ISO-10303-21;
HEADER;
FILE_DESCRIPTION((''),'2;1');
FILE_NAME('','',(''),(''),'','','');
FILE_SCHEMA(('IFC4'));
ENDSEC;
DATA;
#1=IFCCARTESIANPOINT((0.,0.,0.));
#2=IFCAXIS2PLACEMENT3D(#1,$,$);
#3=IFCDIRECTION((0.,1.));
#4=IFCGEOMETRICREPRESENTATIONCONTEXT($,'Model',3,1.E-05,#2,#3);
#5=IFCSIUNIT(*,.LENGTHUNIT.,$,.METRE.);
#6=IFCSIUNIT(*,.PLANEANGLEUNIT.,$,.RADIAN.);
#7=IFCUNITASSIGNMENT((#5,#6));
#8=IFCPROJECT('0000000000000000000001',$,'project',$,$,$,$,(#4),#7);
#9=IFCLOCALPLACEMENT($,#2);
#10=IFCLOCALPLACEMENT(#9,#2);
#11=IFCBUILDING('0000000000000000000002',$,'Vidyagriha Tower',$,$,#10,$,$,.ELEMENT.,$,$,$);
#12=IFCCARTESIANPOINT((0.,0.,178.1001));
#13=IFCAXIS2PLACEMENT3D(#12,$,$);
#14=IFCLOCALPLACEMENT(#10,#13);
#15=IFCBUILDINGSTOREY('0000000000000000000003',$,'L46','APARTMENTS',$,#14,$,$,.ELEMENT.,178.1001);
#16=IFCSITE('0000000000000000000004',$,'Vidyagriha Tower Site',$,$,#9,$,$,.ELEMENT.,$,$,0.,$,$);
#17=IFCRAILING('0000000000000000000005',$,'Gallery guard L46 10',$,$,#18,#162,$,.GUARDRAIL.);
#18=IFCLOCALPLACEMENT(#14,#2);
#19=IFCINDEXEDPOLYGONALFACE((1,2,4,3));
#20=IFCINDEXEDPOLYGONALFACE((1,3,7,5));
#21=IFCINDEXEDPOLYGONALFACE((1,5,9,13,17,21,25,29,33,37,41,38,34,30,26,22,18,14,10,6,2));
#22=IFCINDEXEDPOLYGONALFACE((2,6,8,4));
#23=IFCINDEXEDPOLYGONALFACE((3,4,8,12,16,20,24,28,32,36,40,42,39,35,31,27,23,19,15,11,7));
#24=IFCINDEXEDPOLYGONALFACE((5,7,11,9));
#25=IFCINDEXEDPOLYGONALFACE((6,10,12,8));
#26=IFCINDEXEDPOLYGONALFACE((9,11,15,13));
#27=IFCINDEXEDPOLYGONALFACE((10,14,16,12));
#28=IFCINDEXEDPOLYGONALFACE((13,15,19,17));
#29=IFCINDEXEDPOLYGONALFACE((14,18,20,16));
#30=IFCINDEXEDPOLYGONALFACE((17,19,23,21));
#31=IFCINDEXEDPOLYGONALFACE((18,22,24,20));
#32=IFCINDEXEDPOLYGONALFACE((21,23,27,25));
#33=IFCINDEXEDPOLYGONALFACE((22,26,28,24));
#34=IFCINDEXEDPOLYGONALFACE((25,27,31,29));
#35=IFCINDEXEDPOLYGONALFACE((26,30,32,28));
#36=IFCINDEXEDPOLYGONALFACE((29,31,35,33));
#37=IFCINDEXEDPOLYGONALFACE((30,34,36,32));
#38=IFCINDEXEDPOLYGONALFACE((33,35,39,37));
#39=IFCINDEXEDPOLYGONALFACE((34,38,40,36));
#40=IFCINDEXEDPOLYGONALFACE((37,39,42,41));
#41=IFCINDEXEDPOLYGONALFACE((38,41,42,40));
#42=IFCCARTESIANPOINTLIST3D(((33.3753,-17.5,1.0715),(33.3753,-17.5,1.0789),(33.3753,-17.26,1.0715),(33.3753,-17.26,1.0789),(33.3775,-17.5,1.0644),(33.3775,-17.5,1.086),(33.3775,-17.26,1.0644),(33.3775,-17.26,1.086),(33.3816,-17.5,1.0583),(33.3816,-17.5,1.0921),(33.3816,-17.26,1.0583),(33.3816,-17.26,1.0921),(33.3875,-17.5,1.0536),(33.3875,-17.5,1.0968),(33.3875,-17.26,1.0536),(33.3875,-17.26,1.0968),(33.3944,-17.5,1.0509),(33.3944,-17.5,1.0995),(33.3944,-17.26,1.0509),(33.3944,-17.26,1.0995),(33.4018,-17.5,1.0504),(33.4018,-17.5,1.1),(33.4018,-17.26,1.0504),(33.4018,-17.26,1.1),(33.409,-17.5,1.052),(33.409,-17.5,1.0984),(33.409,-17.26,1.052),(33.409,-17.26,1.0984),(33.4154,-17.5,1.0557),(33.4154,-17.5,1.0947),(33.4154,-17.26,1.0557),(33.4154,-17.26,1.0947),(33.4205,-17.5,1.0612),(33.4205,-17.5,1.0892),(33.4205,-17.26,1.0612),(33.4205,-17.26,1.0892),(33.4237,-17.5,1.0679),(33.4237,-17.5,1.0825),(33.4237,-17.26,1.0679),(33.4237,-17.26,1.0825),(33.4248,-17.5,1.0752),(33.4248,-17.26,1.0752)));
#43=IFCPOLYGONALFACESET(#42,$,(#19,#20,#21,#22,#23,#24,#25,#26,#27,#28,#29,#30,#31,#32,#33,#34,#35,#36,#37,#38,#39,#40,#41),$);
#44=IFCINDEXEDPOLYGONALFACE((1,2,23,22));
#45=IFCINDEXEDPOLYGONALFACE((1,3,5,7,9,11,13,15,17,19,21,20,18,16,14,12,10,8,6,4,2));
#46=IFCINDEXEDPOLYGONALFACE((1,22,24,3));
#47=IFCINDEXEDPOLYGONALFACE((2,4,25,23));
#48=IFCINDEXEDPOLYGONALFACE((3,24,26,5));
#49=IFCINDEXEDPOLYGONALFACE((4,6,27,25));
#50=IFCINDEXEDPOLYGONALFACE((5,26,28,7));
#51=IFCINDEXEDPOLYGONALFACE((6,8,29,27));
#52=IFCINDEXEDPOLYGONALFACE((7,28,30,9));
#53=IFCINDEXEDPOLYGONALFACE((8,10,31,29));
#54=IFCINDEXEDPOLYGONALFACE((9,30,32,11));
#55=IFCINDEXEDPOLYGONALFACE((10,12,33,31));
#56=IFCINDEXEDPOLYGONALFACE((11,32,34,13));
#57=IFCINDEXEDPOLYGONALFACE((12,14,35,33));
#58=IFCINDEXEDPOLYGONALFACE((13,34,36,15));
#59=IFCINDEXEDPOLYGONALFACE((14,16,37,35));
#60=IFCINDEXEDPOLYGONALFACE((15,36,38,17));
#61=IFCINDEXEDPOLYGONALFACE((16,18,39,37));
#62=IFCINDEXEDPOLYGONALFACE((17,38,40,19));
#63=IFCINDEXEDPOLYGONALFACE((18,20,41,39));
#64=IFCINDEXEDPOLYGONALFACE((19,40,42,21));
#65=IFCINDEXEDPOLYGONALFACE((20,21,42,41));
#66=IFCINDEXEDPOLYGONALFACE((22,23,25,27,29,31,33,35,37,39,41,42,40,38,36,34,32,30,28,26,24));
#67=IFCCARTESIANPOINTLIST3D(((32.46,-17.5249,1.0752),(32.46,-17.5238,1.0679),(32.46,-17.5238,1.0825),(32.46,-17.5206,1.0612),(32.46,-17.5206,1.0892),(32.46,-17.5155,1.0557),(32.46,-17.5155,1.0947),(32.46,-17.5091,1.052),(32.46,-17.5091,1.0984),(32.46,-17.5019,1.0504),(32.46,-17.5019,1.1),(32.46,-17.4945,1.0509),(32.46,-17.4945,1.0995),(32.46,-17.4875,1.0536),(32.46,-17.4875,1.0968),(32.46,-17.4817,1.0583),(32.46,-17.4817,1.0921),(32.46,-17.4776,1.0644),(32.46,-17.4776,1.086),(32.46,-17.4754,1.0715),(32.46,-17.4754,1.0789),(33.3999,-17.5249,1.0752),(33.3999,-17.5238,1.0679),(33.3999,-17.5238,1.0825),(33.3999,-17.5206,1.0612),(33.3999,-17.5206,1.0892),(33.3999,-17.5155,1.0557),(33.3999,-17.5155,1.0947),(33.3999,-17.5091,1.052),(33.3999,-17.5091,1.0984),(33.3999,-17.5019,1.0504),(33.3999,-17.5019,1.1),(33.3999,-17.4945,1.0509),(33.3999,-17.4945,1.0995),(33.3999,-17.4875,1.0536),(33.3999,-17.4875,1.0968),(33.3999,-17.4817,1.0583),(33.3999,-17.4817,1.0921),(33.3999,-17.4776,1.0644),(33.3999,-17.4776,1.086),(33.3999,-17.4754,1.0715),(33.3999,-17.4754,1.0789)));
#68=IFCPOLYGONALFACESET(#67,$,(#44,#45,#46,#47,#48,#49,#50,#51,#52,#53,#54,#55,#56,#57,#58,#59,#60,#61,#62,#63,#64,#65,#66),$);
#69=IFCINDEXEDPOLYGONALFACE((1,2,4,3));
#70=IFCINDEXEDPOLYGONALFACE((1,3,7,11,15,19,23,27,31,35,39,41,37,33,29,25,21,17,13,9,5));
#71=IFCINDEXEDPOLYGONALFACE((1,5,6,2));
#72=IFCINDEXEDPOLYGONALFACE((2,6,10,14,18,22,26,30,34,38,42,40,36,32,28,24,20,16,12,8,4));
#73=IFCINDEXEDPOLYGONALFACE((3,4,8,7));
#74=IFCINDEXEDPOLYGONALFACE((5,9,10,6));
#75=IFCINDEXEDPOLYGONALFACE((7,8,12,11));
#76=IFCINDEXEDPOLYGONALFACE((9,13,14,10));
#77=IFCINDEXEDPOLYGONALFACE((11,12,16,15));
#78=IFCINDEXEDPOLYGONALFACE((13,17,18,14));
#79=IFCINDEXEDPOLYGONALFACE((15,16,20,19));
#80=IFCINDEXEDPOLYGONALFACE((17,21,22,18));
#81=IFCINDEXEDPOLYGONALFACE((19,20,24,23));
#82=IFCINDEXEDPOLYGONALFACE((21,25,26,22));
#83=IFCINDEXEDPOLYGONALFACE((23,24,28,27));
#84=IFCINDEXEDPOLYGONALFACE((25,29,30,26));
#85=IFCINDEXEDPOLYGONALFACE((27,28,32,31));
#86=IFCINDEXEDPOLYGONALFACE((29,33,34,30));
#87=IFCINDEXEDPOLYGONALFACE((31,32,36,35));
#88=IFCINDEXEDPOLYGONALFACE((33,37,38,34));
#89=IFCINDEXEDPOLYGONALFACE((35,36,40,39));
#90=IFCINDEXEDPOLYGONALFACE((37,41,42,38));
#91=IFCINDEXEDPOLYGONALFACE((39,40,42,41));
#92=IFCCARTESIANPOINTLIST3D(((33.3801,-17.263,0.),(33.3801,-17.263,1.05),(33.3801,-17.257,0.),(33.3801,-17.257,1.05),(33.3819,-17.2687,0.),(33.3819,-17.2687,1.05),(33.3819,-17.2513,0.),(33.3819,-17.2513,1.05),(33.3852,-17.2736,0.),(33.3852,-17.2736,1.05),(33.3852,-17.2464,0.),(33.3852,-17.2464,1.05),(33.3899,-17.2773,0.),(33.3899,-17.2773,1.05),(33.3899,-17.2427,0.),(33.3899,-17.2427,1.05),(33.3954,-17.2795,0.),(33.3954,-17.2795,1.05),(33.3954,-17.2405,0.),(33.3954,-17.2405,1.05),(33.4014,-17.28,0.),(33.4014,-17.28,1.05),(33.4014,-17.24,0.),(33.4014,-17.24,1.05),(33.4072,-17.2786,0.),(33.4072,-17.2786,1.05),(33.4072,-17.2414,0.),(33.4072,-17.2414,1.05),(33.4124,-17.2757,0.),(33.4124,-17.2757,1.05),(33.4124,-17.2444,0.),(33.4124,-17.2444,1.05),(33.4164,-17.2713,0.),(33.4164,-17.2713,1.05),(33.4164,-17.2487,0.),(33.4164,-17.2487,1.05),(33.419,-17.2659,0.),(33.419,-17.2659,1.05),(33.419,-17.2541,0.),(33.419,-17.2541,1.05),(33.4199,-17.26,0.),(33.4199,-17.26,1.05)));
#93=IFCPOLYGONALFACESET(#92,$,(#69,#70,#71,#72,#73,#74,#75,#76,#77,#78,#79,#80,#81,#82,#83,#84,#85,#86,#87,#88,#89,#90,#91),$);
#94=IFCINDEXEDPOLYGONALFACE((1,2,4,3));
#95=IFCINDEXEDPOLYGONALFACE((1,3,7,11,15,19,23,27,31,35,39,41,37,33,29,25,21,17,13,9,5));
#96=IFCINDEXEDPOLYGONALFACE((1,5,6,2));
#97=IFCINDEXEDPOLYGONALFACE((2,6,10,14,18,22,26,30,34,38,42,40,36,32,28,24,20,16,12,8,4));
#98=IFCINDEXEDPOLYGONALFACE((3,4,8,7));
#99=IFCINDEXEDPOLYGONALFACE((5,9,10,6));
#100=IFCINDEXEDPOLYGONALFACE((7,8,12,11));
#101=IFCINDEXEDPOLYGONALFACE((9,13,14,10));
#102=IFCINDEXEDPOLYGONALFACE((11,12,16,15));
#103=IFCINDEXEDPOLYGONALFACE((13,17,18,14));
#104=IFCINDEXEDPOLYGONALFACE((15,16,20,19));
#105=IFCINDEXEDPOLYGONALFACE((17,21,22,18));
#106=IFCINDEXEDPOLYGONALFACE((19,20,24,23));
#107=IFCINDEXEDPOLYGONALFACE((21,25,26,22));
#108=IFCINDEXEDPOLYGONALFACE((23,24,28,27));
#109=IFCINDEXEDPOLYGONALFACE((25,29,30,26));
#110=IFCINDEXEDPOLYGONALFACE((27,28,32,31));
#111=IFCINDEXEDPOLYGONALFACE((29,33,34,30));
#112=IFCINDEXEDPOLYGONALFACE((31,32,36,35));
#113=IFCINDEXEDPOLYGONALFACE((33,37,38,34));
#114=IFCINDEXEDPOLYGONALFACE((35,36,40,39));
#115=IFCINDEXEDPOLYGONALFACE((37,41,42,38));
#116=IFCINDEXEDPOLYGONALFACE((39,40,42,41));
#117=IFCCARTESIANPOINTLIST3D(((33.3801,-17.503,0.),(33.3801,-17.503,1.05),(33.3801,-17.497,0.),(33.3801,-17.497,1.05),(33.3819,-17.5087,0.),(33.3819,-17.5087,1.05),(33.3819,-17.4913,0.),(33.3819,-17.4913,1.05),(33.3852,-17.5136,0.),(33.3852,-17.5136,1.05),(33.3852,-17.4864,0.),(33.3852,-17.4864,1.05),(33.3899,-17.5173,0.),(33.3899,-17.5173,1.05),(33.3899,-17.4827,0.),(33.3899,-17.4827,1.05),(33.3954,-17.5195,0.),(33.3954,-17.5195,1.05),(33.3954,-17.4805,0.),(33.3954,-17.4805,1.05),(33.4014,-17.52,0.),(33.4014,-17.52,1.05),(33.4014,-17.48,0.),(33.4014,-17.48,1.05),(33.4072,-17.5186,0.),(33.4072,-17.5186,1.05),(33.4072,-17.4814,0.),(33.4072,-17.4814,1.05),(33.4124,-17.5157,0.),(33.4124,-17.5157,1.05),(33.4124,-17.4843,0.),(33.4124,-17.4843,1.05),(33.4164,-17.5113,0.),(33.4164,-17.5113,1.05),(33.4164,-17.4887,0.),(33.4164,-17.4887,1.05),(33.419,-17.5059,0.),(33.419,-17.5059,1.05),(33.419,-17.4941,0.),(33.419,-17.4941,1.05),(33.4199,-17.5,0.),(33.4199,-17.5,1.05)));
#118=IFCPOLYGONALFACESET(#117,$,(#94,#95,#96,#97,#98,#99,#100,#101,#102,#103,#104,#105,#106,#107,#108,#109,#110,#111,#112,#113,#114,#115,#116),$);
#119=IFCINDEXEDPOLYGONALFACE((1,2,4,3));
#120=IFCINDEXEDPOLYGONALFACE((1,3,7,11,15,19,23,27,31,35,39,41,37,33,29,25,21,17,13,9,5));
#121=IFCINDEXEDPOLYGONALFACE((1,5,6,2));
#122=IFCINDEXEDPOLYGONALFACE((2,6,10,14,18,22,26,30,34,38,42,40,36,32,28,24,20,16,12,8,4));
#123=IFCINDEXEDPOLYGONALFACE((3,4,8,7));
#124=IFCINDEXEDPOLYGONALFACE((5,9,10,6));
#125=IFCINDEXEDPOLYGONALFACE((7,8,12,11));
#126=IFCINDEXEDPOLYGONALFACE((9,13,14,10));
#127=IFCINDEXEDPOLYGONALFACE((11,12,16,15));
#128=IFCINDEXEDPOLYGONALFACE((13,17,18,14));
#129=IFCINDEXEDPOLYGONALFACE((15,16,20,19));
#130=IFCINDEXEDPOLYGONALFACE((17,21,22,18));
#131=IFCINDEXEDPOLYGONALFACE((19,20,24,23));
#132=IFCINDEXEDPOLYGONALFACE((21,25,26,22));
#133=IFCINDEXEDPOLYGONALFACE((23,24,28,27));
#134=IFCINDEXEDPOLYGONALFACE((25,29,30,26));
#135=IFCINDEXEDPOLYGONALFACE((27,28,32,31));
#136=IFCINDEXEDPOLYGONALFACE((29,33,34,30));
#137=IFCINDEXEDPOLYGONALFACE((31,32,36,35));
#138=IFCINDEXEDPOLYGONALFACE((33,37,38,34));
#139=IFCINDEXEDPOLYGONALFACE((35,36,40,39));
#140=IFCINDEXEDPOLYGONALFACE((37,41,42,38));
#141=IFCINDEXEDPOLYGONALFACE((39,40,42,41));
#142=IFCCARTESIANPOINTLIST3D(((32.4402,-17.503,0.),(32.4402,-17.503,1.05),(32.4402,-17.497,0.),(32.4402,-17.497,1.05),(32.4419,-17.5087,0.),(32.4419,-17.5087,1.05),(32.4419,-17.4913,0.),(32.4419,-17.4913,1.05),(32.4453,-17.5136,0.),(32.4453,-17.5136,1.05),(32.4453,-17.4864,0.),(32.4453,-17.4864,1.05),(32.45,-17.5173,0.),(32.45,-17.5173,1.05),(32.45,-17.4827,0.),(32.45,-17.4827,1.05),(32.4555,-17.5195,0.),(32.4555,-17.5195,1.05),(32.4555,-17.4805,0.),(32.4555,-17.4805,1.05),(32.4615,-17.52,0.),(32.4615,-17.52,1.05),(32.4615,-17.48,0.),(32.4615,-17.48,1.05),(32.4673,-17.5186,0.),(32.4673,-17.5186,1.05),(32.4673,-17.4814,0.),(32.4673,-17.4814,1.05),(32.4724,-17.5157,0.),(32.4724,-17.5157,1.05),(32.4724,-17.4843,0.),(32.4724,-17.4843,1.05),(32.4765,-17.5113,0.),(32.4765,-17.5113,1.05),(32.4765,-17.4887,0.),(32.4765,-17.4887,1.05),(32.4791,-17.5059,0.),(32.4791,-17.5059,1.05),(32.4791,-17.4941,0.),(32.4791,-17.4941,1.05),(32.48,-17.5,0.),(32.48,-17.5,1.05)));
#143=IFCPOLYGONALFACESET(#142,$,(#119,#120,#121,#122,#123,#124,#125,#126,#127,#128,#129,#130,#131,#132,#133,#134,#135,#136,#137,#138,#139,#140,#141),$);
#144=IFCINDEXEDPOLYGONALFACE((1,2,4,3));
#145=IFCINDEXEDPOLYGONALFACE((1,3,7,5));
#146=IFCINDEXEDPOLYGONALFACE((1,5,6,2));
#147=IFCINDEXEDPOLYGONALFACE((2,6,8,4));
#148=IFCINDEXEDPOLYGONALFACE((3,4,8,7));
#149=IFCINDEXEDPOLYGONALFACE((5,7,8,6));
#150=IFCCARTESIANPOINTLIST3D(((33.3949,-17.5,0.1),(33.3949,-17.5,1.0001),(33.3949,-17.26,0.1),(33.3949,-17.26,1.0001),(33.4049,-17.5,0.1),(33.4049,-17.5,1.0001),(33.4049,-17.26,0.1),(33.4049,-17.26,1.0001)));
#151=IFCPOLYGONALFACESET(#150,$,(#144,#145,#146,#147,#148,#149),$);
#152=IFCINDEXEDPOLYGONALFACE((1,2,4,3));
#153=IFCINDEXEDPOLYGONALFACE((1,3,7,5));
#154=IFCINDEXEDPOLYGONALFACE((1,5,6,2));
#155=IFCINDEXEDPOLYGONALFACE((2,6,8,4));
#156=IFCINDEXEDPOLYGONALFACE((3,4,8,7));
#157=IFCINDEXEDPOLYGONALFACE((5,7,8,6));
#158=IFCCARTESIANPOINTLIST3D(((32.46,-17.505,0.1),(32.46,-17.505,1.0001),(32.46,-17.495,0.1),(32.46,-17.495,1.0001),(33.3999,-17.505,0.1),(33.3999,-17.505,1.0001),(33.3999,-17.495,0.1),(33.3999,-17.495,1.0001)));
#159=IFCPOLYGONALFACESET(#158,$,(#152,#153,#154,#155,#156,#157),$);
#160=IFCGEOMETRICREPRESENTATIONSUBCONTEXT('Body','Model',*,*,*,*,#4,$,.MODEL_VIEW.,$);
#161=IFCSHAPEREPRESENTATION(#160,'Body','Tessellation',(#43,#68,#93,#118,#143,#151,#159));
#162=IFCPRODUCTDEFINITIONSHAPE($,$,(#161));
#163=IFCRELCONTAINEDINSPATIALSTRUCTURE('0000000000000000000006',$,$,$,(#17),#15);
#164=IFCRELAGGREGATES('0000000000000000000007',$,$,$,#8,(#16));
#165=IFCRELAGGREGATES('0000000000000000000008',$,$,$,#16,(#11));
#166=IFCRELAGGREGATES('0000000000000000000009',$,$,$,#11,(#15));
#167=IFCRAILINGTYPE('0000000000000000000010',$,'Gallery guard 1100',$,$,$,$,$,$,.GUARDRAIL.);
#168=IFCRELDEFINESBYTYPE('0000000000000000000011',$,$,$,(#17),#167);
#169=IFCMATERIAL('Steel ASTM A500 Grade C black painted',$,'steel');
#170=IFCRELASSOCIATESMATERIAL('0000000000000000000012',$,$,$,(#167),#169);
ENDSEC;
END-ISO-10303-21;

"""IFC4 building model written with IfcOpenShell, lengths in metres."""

from ifc_helpers import new_model, si_unit, direction, frame, origin, origin_2d, place, context, subcontext, project, spatial, rectangle, circle, extrude, material, type_object, element, save


model = new_model("IFC4")

# Units and contexts
model_context = context("Model", 3, precision=1e-05, world=origin(), true_north=direction((0.0, 1.0)))
body_context = subcontext(model_context, "Body", "Model", "MODEL_VIEW")
ifc_project = project(units=[si_unit("LENGTHUNIT", "METRE"), si_unit("PLANEANGLEUNIT", "RADIAN")], contexts=[model_context])

# Site, building, storey
site_placement = place(None, origin())
site = spatial("IfcSite", under=ifc_project, at=site_placement, Name="Vidyagriha Tower Site", CompositionType="ELEMENT", RefElevation=0.0)
building_placement = place(site_placement, origin())
building = spatial("IfcBuilding", under=site, at=building_placement, Name="Vidyagriha Tower", CompositionType="ELEMENT")
storey_placement = place(building_placement, frame((0.0, 0.0, 178.1001)))
storey = spatial("IfcBuildingStorey", under=building, at=storey_placement, Name="L46", Description="APARTMENTS", CompositionType="ELEMENT", Elevation=178.1001)

# Railing
ifc_material_1 = material(Name="Steel ASTM A500 Grade C black painted", Category="steel")
railing_type_1 = type_object("IfcRailingType", Name="Gallery guard 1100", PredefinedType="GUARDRAIL", material=ifc_material_1)
railing_1_placement = place(storey_placement, frame((33.3999, -17.26, 0.0)))
element("IfcRailing", 1, at=railing_1_placement, inside=storey, type_object=railing_type_1, Name="Gallery guard L46 10", PredefinedType="GUARDRAIL", context=body_context, shape_type="SweptSolid", body=[
    extrude(circle(Radius=0.0249, at=origin_2d()), frame((0.0, 0.0, 1.0752), z_axis=(0.0, -1.0, 0.0), x_axis=(1.0, 0.0, 0.0)), (0.0, 0.0, 1.0), 0.24),
    extrude(circle(Radius=0.0249, at=origin_2d()), frame((0.0, -0.24, 1.0752), z_axis=(-1.0, 0.0, 0.0), x_axis=(0.0, -1.0, 0.0)), (0.0, 0.0, 1.0), 0.9399),
    extrude(circle(Radius=0.02, at=origin_2d()), origin(), (0.0, 0.0, 1.0), 1.05),
    extrude(circle(Radius=0.02, at=origin_2d()), frame((0.0, -0.24, 0.0)), (0.0, 0.0, 1.0), 1.05),
    extrude(circle(Radius=0.02, at=origin_2d()), frame((-0.9399, -0.24, 0.0)), (0.0, 0.0, 1.0), 1.05),
    extrude(rectangle(XDim=0.01, YDim=0.9001, at=origin_2d()), frame((0.0, 0.0, 0.55), z_axis=(0.0, -1.0, 0.0), x_axis=(1.0, 0.0, 0.0)), (0.0, 0.0, 1.0), 0.24),
    extrude(rectangle(XDim=0.01, YDim=0.9001, at=origin_2d()), frame((0.0, -0.24, 0.55), z_axis=(-1.0, 0.0, 0.0), x_axis=(0.0, -1.0, 0.0)), (0.0, 0.0, 1.0), 0.9399),
])

save(model, "model.ifc")
